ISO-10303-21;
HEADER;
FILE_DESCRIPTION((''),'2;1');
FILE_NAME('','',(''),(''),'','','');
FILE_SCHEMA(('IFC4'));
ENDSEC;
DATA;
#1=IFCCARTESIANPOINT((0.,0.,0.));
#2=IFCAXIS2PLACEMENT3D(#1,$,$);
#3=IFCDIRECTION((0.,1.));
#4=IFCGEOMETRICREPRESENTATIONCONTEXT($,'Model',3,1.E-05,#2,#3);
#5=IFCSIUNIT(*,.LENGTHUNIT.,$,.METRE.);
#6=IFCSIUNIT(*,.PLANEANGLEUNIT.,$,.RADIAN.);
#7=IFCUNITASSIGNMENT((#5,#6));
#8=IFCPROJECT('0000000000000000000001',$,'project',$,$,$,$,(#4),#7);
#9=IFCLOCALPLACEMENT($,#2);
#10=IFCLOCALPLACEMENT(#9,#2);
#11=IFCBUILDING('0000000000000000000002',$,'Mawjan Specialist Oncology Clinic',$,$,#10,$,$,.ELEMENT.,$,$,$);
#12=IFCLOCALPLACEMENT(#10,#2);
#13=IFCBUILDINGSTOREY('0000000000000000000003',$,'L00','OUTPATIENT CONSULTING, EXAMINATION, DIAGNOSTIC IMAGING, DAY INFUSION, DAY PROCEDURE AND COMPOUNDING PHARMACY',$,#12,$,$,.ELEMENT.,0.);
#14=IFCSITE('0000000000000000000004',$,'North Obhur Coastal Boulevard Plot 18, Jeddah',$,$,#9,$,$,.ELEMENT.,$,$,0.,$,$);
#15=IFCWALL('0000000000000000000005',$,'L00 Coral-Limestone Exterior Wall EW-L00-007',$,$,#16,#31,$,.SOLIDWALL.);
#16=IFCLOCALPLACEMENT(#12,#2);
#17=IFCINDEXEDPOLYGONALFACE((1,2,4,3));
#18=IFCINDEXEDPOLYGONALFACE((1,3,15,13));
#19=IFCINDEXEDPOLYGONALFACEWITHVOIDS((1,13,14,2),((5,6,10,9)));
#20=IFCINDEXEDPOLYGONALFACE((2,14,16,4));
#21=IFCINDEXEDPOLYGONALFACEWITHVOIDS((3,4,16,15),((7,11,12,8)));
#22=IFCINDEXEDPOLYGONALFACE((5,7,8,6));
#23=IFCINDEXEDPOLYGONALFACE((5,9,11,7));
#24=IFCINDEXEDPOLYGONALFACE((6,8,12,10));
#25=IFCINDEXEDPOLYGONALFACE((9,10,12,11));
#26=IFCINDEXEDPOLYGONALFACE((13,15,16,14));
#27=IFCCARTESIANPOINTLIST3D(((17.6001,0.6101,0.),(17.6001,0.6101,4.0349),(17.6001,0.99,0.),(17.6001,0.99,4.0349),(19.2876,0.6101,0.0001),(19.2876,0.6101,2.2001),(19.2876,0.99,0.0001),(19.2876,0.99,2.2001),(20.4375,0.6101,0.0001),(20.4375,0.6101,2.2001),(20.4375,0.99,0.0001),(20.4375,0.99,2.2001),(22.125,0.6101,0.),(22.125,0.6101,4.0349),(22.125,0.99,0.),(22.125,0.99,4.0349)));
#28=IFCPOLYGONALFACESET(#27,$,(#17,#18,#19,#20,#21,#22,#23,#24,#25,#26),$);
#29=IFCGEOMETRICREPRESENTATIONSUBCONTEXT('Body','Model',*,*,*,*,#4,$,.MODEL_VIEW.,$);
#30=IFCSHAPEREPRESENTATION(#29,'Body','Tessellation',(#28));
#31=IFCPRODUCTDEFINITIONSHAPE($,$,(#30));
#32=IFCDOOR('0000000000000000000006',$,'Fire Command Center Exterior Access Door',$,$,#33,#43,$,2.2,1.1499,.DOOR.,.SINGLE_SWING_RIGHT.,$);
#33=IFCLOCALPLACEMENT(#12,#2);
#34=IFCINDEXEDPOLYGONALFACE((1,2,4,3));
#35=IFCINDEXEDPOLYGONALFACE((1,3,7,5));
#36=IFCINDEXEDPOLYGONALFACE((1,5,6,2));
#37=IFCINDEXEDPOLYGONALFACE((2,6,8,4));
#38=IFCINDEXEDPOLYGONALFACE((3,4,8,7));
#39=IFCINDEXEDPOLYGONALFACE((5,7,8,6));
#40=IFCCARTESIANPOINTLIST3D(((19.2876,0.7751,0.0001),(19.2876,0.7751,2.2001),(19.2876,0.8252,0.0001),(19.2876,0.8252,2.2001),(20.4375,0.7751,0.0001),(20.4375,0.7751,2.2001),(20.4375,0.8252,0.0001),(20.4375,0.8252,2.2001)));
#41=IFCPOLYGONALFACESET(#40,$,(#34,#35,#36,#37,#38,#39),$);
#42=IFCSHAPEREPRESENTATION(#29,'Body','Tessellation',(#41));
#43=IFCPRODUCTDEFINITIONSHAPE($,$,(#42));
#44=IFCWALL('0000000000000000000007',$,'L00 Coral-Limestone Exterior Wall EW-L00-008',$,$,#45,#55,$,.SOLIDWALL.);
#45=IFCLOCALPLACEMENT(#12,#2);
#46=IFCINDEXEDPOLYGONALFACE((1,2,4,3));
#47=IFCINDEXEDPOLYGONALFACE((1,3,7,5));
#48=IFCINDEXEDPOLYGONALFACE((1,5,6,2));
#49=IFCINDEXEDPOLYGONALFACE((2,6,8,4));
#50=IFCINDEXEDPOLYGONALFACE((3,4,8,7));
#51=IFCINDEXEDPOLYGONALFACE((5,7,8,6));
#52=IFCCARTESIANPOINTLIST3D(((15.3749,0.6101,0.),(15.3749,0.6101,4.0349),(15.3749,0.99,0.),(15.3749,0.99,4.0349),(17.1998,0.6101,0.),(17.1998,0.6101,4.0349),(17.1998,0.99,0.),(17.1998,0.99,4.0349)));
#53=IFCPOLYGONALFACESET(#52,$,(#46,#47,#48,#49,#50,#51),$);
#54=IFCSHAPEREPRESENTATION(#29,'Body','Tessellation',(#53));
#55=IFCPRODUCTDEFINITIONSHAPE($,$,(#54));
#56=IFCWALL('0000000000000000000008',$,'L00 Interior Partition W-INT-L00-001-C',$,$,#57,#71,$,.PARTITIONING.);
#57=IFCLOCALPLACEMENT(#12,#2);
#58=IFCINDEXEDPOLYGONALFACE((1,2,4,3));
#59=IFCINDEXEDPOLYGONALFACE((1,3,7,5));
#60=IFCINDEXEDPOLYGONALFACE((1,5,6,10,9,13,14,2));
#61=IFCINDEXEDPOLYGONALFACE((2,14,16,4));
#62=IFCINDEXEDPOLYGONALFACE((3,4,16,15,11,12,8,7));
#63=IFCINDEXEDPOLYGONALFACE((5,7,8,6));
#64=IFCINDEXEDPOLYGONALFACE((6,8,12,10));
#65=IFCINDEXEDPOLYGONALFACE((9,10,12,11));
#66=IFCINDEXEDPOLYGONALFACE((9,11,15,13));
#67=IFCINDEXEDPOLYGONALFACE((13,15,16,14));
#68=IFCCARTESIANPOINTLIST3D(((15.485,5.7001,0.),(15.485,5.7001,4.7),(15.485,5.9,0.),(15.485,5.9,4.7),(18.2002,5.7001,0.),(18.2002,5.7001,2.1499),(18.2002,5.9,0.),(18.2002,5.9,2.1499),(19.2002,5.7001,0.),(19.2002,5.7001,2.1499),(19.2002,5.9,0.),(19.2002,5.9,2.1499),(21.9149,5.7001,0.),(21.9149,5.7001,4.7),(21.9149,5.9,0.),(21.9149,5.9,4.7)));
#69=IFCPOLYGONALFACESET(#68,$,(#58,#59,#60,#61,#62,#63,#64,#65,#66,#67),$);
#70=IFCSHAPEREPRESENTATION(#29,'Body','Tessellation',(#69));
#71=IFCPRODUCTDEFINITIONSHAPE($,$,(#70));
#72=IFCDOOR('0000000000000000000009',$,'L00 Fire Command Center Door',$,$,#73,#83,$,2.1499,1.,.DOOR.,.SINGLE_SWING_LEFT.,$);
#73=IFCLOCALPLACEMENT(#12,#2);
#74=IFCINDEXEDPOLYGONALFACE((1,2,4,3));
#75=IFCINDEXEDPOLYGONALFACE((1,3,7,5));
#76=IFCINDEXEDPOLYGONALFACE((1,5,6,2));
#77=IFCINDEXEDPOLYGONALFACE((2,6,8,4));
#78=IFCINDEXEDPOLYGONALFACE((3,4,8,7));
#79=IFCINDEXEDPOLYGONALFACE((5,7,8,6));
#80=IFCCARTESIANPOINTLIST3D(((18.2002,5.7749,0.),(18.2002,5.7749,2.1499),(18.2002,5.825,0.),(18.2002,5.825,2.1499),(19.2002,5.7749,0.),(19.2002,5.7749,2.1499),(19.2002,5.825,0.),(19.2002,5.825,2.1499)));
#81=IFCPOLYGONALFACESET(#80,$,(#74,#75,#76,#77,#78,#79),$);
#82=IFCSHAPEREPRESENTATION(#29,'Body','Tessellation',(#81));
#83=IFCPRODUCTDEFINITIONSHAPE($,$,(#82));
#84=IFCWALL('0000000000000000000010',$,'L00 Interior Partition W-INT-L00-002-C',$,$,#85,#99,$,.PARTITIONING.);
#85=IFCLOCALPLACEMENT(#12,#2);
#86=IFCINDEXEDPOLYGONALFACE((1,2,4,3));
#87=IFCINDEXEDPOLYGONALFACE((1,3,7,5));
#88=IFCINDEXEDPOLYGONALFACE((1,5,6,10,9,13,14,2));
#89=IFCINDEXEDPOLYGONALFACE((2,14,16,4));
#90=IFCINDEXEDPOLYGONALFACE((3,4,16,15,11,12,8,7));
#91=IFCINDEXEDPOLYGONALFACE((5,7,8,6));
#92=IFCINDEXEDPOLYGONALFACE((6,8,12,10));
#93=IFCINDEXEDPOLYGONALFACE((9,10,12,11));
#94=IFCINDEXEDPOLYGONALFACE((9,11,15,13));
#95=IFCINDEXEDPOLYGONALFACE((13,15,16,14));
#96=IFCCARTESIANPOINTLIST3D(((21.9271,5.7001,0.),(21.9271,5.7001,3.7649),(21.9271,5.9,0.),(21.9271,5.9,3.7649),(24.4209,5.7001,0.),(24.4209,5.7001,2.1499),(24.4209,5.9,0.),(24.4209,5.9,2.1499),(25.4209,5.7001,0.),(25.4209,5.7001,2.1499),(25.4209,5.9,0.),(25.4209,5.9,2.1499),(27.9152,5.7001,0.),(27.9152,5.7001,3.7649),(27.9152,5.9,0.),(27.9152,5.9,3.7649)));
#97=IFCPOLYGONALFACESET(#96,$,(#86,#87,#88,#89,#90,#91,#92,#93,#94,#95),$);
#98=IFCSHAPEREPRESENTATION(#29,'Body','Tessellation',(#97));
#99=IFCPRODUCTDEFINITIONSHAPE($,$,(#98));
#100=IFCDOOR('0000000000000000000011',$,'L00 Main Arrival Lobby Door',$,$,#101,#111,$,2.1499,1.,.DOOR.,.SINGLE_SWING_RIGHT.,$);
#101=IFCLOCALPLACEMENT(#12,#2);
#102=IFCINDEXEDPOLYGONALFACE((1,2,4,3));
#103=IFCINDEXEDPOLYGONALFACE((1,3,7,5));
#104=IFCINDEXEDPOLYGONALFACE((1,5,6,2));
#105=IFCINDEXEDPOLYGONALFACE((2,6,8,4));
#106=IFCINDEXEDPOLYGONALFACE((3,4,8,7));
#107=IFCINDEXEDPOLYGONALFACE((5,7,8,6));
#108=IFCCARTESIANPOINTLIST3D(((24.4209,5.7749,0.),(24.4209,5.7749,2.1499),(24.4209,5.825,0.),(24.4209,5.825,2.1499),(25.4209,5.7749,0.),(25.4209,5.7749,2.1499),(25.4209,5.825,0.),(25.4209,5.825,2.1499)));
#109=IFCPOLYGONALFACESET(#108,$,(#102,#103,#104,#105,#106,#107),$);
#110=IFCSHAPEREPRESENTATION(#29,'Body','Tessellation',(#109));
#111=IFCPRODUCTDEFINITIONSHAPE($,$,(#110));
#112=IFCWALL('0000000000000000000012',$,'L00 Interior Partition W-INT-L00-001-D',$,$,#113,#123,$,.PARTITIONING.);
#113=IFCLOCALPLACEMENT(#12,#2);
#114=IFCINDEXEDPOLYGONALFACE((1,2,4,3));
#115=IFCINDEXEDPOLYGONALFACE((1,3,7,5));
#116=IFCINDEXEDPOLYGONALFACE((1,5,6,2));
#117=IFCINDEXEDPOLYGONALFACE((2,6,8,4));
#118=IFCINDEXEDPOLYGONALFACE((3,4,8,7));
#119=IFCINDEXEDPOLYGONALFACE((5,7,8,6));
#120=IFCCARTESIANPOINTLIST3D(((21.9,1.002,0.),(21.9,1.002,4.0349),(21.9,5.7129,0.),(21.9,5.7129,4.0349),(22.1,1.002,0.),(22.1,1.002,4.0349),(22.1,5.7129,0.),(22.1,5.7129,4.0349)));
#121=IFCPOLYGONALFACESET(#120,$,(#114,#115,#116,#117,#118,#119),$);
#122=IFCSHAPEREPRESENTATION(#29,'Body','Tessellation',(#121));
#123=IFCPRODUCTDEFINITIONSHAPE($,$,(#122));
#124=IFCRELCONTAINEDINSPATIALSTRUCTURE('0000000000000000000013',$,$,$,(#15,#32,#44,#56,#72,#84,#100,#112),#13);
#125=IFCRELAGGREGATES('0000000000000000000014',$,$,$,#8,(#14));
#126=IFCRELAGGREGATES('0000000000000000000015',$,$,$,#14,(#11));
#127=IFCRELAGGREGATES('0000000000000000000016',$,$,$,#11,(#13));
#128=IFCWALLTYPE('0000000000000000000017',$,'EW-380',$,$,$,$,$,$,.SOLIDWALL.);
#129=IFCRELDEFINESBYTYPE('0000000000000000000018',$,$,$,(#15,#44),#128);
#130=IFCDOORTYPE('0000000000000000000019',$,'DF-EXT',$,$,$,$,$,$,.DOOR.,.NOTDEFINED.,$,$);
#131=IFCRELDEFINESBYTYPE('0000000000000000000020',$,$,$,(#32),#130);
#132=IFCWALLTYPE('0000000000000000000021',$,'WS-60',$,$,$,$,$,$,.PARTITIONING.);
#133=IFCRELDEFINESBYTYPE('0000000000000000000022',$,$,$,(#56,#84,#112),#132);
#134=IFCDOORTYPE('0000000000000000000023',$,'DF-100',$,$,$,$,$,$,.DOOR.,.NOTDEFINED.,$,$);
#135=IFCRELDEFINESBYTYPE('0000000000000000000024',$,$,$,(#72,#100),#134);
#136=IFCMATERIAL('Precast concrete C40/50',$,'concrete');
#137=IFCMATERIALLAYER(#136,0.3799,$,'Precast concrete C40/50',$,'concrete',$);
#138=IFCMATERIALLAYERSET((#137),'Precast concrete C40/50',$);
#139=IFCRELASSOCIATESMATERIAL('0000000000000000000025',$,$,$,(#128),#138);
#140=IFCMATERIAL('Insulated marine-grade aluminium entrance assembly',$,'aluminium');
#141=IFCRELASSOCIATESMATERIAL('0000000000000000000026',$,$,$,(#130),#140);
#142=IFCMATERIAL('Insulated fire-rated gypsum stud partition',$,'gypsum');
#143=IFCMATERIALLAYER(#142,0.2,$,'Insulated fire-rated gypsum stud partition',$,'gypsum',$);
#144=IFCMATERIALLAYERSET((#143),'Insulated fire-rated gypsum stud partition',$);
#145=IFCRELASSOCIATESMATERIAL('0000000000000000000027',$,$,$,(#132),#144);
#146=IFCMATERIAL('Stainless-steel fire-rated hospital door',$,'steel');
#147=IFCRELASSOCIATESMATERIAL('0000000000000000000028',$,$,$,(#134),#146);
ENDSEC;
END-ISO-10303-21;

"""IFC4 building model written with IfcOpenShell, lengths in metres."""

from ifc_helpers import new_model, si_unit, direction, frame, frame_2d, origin, place, context, subcontext, project, spatial, rectangle, extrude, material, layer, layer_set, type_object, element, fill, save


model = new_model("IFC4")

# Units and contexts
model_context = context("Model", 3, precision=1e-05, world=origin(), true_north=direction((0.0, 1.0)))
body_context = subcontext(model_context, "Body", "Model", "MODEL_VIEW")
ifc_project = project(units=[si_unit("LENGTHUNIT", "METRE"), si_unit("PLANEANGLEUNIT", "RADIAN")], contexts=[model_context])

# Site, building, storey
site_placement = place(None, origin())
site = spatial("IfcSite", under=ifc_project, at=site_placement, Name="North Obhur Coastal Boulevard Plot 18, Jeddah", CompositionType="ELEMENT", RefElevation=0.0)
building_placement = place(site_placement, origin())
building = spatial("IfcBuilding", under=site, at=building_placement, Name="Mawjan Specialist Oncology Clinic", CompositionType="ELEMENT")
storey_placement = place(building_placement, origin())
storey = spatial("IfcBuildingStorey", under=building, at=storey_placement, Name="L00", Description="OUTPATIENT CONSULTING, EXAMINATION, DIAGNOSTIC IMAGING, DAY INFUSION, DAY PROCEDURE AND COMPOUNDING PHARMACY", CompositionType="ELEMENT", Elevation=0.0)

# Shared definitions
ifc_material_1 = material(Name="Precast concrete C40/50", Category="concrete")
ifc_layer_1 = layer(ifc_material_1, 0.3799, Name="Precast concrete C40/50", Category="concrete")
ifc_layer_set_1 = layer_set([ifc_layer_1], Name="Precast concrete C40/50")
wall_type_1 = type_object("IfcWallType", Name="EW-380", PredefinedType="SOLIDWALL", material=ifc_layer_set_1)

# Wall, opening, door
wall_1_placement = place(storey_placement, frame((22.125, 0.8, 0.0), z_axis=(0.0, 0.0, 1.0), x_axis=(-1.0, 0.0, 0.0)))
wall_1 = element("IfcWall", 1, at=wall_1_placement, inside=storey, type_object=wall_type_1, Name="L00 Coral-Limestone Exterior Wall EW-L00-007", PredefinedType="SOLIDWALL", context=body_context, shape_type="SweptSolid", body=[
    extrude(rectangle(XDim=4.5249, YDim=0.3799, at=frame_2d((2.2625, 0.0))), origin(), (0.0, 0.0, 1.0), 4.0349),
])
opening_1_placement = place(wall_1_placement, frame((1.6875, 0.0, 0.0)))
opening_1 = element("IfcOpeningElement", 2, at=opening_1_placement, cuts=wall_1, PredefinedType="OPENING", context=body_context, shape_type="SweptSolid", body=[
    extrude(rectangle(XDim=1.1499, YDim=2.2, at=frame_2d((0.575, 1.1001))), frame((0.0, 0.2019, 0.0), z_axis=(0.0, -1.0, 0.0), x_axis=(1.0, 0.0, 0.0)), (0.0, 0.0, 1.0), 0.4038),
])
ifc_material_2 = material(Name="Insulated marine-grade aluminium entrance assembly", Category="aluminium")
door_type_1 = type_object("IfcDoorType", Name="DF-EXT", OperationType="NOTDEFINED", PredefinedType="DOOR", material=ifc_material_2)
door_1_placement = place(opening_1_placement, origin())
door_1 = element("IfcDoor", 3, at=door_1_placement, inside=storey, type_object=door_type_1, Name="Fire Command Center Exterior Access Door", OperationType="SINGLE_SWING_RIGHT", OverallHeight=2.2, OverallWidth=1.1499, PredefinedType="DOOR", context=body_context, shape_type="SweptSolid", body=[
    extrude(rectangle(XDim=1.1499, YDim=2.2, at=frame_2d((0.575, 1.1001))), frame((0.0, 0.0249, 0.0), z_axis=(0.0, -1.0, 0.0), x_axis=(1.0, 0.0, 0.0)), (0.0, 0.0, 1.0), 0.05),
])
fill(opening_1, door_1)

# Wall
wall_2_placement = place(storey_placement, frame((17.2, 0.8, 0.0), z_axis=(0.0, 0.0, 1.0), x_axis=(-1.0, 0.0, 0.0)))
element("IfcWall", 4, at=wall_2_placement, inside=storey, type_object=wall_type_1, Name="L00 Coral-Limestone Exterior Wall EW-L00-008", PredefinedType="SOLIDWALL", context=body_context, shape_type="SweptSolid", body=[
    extrude(rectangle(XDim=1.825, YDim=0.3799, at=frame_2d((0.9126, 0.0))), origin(), (0.0, 0.0, 1.0), 4.0349),
])

# Walls, openings, doors
ifc_material_3 = material(Name="Insulated fire-rated gypsum stud partition", Category="gypsum")
ifc_layer_2 = layer(ifc_material_3, 0.2, Name="Insulated fire-rated gypsum stud partition", Category="gypsum")
ifc_layer_set_2 = layer_set([ifc_layer_2], Name="Insulated fire-rated gypsum stud partition")
wall_type_2 = type_object("IfcWallType", Name="WS-60", PredefinedType="PARTITIONING", material=ifc_layer_set_2)
wall_3_placement = place(storey_placement, frame((15.4851, 5.8, 0.0), z_axis=(0.0, 0.0, 1.0), x_axis=(1.0, 0.0, 0.0)))
wall_3 = element("IfcWall", 5, at=wall_3_placement, inside=storey, type_object=wall_type_2, Name="L00 Interior Partition W-INT-L00-001-C", PredefinedType="PARTITIONING", context=body_context, shape_type="SweptSolid", body=[
    extrude(rectangle(XDim=6.4299, YDim=0.2, at=frame_2d((3.2148, 0.0))), origin(), (0.0, 0.0, 1.0), 4.7),
])
opening_2_placement = place(wall_3_placement, frame((2.7151, 0.0, 0.0)))
opening_2 = element("IfcOpeningElement", 6, at=opening_2_placement, cuts=wall_3, PredefinedType="OPENING", context=body_context, shape_type="SweptSolid", body=[
    extrude(rectangle(XDim=1.0, YDim=2.1499, at=frame_2d((0.5, 1.075))), frame((0.0, 0.1121, 0.0), z_axis=(0.0, -1.0, 0.0), x_axis=(1.0, 0.0, 0.0)), (0.0, 0.0, 1.0), 0.2239),
])
ifc_material_4 = material(Name="Stainless-steel fire-rated hospital door", Category="steel")
door_type_2 = type_object("IfcDoorType", Name="DF-100", OperationType="NOTDEFINED", PredefinedType="DOOR", material=ifc_material_4)
door_2_placement = place(opening_2_placement, origin())
door_2 = element("IfcDoor", 7, at=door_2_placement, inside=storey, type_object=door_type_2, Name="L00 Fire Command Center Door", OperationType="SINGLE_SWING_LEFT", OverallHeight=2.1499, OverallWidth=1.0, PredefinedType="DOOR", context=body_context, shape_type="SweptSolid", body=[
    extrude(rectangle(XDim=1.0, YDim=2.1499, at=frame_2d((0.5, 1.075))), frame((0.0, 0.0249, 0.0), z_axis=(0.0, -1.0, 0.0), x_axis=(1.0, 0.0, 0.0)), (0.0, 0.0, 1.0), 0.05),
])
fill(opening_2, door_2)
wall_4_placement = place(storey_placement, frame((21.927, 5.8, 0.0), z_axis=(0.0, 0.0, 1.0), x_axis=(1.0, 0.0, 0.0)))
wall_4 = element("IfcWall", 8, at=wall_4_placement, inside=storey, type_object=wall_type_2, Name="L00 Interior Partition W-INT-L00-002-C", PredefinedType="PARTITIONING", context=body_context, shape_type="SweptSolid", body=[
    extrude(rectangle(XDim=5.988, YDim=0.2, at=frame_2d((2.9941, 0.0))), origin(), (0.0, 0.0, 1.0), 3.7649),
])
opening_3_placement = place(wall_4_placement, frame((2.4939, 0.0, 0.0)))
opening_3 = element("IfcOpeningElement", 9, at=opening_3_placement, cuts=wall_4, PredefinedType="OPENING", context=body_context, shape_type="SweptSolid", body=[
    extrude(rectangle(XDim=1.0, YDim=2.1499, at=frame_2d((0.5, 1.075))), frame((0.0, 0.1121, 0.0), z_axis=(0.0, -1.0, 0.0), x_axis=(1.0, 0.0, 0.0)), (0.0, 0.0, 1.0), 0.2239),
])
door_3_placement = place(opening_3_placement, origin())
door_3 = element("IfcDoor", 10, at=door_3_placement, inside=storey, type_object=door_type_2, Name="L00 Main Arrival Lobby Door", OperationType="SINGLE_SWING_RIGHT", OverallHeight=2.1499, OverallWidth=1.0, PredefinedType="DOOR", context=body_context, shape_type="SweptSolid", body=[
    extrude(rectangle(XDim=1.0, YDim=2.1499, at=frame_2d((0.5, 1.075))), frame((0.0, 0.0249, 0.0), z_axis=(0.0, -1.0, 0.0), x_axis=(1.0, 0.0, 0.0)), (0.0, 0.0, 1.0), 0.05),
])
fill(opening_3, door_3)

# Wall
wall_5_placement = place(storey_placement, frame((22.0, 1.002, 0.0), z_axis=(0.0, 0.0, 1.0), x_axis=(0.0, 1.0, 0.0)))
element("IfcWall", 11, at=wall_5_placement, inside=storey, type_object=wall_type_2, Name="L00 Interior Partition W-INT-L00-001-D", PredefinedType="PARTITIONING", context=body_context, shape_type="SweptSolid", body=[
    extrude(rectangle(XDim=4.7109, YDim=0.2, at=frame_2d((2.3555, 0.0))), origin(), (0.0, 0.0, 1.0), 4.0349),
])

save(model, "model.ifc")
